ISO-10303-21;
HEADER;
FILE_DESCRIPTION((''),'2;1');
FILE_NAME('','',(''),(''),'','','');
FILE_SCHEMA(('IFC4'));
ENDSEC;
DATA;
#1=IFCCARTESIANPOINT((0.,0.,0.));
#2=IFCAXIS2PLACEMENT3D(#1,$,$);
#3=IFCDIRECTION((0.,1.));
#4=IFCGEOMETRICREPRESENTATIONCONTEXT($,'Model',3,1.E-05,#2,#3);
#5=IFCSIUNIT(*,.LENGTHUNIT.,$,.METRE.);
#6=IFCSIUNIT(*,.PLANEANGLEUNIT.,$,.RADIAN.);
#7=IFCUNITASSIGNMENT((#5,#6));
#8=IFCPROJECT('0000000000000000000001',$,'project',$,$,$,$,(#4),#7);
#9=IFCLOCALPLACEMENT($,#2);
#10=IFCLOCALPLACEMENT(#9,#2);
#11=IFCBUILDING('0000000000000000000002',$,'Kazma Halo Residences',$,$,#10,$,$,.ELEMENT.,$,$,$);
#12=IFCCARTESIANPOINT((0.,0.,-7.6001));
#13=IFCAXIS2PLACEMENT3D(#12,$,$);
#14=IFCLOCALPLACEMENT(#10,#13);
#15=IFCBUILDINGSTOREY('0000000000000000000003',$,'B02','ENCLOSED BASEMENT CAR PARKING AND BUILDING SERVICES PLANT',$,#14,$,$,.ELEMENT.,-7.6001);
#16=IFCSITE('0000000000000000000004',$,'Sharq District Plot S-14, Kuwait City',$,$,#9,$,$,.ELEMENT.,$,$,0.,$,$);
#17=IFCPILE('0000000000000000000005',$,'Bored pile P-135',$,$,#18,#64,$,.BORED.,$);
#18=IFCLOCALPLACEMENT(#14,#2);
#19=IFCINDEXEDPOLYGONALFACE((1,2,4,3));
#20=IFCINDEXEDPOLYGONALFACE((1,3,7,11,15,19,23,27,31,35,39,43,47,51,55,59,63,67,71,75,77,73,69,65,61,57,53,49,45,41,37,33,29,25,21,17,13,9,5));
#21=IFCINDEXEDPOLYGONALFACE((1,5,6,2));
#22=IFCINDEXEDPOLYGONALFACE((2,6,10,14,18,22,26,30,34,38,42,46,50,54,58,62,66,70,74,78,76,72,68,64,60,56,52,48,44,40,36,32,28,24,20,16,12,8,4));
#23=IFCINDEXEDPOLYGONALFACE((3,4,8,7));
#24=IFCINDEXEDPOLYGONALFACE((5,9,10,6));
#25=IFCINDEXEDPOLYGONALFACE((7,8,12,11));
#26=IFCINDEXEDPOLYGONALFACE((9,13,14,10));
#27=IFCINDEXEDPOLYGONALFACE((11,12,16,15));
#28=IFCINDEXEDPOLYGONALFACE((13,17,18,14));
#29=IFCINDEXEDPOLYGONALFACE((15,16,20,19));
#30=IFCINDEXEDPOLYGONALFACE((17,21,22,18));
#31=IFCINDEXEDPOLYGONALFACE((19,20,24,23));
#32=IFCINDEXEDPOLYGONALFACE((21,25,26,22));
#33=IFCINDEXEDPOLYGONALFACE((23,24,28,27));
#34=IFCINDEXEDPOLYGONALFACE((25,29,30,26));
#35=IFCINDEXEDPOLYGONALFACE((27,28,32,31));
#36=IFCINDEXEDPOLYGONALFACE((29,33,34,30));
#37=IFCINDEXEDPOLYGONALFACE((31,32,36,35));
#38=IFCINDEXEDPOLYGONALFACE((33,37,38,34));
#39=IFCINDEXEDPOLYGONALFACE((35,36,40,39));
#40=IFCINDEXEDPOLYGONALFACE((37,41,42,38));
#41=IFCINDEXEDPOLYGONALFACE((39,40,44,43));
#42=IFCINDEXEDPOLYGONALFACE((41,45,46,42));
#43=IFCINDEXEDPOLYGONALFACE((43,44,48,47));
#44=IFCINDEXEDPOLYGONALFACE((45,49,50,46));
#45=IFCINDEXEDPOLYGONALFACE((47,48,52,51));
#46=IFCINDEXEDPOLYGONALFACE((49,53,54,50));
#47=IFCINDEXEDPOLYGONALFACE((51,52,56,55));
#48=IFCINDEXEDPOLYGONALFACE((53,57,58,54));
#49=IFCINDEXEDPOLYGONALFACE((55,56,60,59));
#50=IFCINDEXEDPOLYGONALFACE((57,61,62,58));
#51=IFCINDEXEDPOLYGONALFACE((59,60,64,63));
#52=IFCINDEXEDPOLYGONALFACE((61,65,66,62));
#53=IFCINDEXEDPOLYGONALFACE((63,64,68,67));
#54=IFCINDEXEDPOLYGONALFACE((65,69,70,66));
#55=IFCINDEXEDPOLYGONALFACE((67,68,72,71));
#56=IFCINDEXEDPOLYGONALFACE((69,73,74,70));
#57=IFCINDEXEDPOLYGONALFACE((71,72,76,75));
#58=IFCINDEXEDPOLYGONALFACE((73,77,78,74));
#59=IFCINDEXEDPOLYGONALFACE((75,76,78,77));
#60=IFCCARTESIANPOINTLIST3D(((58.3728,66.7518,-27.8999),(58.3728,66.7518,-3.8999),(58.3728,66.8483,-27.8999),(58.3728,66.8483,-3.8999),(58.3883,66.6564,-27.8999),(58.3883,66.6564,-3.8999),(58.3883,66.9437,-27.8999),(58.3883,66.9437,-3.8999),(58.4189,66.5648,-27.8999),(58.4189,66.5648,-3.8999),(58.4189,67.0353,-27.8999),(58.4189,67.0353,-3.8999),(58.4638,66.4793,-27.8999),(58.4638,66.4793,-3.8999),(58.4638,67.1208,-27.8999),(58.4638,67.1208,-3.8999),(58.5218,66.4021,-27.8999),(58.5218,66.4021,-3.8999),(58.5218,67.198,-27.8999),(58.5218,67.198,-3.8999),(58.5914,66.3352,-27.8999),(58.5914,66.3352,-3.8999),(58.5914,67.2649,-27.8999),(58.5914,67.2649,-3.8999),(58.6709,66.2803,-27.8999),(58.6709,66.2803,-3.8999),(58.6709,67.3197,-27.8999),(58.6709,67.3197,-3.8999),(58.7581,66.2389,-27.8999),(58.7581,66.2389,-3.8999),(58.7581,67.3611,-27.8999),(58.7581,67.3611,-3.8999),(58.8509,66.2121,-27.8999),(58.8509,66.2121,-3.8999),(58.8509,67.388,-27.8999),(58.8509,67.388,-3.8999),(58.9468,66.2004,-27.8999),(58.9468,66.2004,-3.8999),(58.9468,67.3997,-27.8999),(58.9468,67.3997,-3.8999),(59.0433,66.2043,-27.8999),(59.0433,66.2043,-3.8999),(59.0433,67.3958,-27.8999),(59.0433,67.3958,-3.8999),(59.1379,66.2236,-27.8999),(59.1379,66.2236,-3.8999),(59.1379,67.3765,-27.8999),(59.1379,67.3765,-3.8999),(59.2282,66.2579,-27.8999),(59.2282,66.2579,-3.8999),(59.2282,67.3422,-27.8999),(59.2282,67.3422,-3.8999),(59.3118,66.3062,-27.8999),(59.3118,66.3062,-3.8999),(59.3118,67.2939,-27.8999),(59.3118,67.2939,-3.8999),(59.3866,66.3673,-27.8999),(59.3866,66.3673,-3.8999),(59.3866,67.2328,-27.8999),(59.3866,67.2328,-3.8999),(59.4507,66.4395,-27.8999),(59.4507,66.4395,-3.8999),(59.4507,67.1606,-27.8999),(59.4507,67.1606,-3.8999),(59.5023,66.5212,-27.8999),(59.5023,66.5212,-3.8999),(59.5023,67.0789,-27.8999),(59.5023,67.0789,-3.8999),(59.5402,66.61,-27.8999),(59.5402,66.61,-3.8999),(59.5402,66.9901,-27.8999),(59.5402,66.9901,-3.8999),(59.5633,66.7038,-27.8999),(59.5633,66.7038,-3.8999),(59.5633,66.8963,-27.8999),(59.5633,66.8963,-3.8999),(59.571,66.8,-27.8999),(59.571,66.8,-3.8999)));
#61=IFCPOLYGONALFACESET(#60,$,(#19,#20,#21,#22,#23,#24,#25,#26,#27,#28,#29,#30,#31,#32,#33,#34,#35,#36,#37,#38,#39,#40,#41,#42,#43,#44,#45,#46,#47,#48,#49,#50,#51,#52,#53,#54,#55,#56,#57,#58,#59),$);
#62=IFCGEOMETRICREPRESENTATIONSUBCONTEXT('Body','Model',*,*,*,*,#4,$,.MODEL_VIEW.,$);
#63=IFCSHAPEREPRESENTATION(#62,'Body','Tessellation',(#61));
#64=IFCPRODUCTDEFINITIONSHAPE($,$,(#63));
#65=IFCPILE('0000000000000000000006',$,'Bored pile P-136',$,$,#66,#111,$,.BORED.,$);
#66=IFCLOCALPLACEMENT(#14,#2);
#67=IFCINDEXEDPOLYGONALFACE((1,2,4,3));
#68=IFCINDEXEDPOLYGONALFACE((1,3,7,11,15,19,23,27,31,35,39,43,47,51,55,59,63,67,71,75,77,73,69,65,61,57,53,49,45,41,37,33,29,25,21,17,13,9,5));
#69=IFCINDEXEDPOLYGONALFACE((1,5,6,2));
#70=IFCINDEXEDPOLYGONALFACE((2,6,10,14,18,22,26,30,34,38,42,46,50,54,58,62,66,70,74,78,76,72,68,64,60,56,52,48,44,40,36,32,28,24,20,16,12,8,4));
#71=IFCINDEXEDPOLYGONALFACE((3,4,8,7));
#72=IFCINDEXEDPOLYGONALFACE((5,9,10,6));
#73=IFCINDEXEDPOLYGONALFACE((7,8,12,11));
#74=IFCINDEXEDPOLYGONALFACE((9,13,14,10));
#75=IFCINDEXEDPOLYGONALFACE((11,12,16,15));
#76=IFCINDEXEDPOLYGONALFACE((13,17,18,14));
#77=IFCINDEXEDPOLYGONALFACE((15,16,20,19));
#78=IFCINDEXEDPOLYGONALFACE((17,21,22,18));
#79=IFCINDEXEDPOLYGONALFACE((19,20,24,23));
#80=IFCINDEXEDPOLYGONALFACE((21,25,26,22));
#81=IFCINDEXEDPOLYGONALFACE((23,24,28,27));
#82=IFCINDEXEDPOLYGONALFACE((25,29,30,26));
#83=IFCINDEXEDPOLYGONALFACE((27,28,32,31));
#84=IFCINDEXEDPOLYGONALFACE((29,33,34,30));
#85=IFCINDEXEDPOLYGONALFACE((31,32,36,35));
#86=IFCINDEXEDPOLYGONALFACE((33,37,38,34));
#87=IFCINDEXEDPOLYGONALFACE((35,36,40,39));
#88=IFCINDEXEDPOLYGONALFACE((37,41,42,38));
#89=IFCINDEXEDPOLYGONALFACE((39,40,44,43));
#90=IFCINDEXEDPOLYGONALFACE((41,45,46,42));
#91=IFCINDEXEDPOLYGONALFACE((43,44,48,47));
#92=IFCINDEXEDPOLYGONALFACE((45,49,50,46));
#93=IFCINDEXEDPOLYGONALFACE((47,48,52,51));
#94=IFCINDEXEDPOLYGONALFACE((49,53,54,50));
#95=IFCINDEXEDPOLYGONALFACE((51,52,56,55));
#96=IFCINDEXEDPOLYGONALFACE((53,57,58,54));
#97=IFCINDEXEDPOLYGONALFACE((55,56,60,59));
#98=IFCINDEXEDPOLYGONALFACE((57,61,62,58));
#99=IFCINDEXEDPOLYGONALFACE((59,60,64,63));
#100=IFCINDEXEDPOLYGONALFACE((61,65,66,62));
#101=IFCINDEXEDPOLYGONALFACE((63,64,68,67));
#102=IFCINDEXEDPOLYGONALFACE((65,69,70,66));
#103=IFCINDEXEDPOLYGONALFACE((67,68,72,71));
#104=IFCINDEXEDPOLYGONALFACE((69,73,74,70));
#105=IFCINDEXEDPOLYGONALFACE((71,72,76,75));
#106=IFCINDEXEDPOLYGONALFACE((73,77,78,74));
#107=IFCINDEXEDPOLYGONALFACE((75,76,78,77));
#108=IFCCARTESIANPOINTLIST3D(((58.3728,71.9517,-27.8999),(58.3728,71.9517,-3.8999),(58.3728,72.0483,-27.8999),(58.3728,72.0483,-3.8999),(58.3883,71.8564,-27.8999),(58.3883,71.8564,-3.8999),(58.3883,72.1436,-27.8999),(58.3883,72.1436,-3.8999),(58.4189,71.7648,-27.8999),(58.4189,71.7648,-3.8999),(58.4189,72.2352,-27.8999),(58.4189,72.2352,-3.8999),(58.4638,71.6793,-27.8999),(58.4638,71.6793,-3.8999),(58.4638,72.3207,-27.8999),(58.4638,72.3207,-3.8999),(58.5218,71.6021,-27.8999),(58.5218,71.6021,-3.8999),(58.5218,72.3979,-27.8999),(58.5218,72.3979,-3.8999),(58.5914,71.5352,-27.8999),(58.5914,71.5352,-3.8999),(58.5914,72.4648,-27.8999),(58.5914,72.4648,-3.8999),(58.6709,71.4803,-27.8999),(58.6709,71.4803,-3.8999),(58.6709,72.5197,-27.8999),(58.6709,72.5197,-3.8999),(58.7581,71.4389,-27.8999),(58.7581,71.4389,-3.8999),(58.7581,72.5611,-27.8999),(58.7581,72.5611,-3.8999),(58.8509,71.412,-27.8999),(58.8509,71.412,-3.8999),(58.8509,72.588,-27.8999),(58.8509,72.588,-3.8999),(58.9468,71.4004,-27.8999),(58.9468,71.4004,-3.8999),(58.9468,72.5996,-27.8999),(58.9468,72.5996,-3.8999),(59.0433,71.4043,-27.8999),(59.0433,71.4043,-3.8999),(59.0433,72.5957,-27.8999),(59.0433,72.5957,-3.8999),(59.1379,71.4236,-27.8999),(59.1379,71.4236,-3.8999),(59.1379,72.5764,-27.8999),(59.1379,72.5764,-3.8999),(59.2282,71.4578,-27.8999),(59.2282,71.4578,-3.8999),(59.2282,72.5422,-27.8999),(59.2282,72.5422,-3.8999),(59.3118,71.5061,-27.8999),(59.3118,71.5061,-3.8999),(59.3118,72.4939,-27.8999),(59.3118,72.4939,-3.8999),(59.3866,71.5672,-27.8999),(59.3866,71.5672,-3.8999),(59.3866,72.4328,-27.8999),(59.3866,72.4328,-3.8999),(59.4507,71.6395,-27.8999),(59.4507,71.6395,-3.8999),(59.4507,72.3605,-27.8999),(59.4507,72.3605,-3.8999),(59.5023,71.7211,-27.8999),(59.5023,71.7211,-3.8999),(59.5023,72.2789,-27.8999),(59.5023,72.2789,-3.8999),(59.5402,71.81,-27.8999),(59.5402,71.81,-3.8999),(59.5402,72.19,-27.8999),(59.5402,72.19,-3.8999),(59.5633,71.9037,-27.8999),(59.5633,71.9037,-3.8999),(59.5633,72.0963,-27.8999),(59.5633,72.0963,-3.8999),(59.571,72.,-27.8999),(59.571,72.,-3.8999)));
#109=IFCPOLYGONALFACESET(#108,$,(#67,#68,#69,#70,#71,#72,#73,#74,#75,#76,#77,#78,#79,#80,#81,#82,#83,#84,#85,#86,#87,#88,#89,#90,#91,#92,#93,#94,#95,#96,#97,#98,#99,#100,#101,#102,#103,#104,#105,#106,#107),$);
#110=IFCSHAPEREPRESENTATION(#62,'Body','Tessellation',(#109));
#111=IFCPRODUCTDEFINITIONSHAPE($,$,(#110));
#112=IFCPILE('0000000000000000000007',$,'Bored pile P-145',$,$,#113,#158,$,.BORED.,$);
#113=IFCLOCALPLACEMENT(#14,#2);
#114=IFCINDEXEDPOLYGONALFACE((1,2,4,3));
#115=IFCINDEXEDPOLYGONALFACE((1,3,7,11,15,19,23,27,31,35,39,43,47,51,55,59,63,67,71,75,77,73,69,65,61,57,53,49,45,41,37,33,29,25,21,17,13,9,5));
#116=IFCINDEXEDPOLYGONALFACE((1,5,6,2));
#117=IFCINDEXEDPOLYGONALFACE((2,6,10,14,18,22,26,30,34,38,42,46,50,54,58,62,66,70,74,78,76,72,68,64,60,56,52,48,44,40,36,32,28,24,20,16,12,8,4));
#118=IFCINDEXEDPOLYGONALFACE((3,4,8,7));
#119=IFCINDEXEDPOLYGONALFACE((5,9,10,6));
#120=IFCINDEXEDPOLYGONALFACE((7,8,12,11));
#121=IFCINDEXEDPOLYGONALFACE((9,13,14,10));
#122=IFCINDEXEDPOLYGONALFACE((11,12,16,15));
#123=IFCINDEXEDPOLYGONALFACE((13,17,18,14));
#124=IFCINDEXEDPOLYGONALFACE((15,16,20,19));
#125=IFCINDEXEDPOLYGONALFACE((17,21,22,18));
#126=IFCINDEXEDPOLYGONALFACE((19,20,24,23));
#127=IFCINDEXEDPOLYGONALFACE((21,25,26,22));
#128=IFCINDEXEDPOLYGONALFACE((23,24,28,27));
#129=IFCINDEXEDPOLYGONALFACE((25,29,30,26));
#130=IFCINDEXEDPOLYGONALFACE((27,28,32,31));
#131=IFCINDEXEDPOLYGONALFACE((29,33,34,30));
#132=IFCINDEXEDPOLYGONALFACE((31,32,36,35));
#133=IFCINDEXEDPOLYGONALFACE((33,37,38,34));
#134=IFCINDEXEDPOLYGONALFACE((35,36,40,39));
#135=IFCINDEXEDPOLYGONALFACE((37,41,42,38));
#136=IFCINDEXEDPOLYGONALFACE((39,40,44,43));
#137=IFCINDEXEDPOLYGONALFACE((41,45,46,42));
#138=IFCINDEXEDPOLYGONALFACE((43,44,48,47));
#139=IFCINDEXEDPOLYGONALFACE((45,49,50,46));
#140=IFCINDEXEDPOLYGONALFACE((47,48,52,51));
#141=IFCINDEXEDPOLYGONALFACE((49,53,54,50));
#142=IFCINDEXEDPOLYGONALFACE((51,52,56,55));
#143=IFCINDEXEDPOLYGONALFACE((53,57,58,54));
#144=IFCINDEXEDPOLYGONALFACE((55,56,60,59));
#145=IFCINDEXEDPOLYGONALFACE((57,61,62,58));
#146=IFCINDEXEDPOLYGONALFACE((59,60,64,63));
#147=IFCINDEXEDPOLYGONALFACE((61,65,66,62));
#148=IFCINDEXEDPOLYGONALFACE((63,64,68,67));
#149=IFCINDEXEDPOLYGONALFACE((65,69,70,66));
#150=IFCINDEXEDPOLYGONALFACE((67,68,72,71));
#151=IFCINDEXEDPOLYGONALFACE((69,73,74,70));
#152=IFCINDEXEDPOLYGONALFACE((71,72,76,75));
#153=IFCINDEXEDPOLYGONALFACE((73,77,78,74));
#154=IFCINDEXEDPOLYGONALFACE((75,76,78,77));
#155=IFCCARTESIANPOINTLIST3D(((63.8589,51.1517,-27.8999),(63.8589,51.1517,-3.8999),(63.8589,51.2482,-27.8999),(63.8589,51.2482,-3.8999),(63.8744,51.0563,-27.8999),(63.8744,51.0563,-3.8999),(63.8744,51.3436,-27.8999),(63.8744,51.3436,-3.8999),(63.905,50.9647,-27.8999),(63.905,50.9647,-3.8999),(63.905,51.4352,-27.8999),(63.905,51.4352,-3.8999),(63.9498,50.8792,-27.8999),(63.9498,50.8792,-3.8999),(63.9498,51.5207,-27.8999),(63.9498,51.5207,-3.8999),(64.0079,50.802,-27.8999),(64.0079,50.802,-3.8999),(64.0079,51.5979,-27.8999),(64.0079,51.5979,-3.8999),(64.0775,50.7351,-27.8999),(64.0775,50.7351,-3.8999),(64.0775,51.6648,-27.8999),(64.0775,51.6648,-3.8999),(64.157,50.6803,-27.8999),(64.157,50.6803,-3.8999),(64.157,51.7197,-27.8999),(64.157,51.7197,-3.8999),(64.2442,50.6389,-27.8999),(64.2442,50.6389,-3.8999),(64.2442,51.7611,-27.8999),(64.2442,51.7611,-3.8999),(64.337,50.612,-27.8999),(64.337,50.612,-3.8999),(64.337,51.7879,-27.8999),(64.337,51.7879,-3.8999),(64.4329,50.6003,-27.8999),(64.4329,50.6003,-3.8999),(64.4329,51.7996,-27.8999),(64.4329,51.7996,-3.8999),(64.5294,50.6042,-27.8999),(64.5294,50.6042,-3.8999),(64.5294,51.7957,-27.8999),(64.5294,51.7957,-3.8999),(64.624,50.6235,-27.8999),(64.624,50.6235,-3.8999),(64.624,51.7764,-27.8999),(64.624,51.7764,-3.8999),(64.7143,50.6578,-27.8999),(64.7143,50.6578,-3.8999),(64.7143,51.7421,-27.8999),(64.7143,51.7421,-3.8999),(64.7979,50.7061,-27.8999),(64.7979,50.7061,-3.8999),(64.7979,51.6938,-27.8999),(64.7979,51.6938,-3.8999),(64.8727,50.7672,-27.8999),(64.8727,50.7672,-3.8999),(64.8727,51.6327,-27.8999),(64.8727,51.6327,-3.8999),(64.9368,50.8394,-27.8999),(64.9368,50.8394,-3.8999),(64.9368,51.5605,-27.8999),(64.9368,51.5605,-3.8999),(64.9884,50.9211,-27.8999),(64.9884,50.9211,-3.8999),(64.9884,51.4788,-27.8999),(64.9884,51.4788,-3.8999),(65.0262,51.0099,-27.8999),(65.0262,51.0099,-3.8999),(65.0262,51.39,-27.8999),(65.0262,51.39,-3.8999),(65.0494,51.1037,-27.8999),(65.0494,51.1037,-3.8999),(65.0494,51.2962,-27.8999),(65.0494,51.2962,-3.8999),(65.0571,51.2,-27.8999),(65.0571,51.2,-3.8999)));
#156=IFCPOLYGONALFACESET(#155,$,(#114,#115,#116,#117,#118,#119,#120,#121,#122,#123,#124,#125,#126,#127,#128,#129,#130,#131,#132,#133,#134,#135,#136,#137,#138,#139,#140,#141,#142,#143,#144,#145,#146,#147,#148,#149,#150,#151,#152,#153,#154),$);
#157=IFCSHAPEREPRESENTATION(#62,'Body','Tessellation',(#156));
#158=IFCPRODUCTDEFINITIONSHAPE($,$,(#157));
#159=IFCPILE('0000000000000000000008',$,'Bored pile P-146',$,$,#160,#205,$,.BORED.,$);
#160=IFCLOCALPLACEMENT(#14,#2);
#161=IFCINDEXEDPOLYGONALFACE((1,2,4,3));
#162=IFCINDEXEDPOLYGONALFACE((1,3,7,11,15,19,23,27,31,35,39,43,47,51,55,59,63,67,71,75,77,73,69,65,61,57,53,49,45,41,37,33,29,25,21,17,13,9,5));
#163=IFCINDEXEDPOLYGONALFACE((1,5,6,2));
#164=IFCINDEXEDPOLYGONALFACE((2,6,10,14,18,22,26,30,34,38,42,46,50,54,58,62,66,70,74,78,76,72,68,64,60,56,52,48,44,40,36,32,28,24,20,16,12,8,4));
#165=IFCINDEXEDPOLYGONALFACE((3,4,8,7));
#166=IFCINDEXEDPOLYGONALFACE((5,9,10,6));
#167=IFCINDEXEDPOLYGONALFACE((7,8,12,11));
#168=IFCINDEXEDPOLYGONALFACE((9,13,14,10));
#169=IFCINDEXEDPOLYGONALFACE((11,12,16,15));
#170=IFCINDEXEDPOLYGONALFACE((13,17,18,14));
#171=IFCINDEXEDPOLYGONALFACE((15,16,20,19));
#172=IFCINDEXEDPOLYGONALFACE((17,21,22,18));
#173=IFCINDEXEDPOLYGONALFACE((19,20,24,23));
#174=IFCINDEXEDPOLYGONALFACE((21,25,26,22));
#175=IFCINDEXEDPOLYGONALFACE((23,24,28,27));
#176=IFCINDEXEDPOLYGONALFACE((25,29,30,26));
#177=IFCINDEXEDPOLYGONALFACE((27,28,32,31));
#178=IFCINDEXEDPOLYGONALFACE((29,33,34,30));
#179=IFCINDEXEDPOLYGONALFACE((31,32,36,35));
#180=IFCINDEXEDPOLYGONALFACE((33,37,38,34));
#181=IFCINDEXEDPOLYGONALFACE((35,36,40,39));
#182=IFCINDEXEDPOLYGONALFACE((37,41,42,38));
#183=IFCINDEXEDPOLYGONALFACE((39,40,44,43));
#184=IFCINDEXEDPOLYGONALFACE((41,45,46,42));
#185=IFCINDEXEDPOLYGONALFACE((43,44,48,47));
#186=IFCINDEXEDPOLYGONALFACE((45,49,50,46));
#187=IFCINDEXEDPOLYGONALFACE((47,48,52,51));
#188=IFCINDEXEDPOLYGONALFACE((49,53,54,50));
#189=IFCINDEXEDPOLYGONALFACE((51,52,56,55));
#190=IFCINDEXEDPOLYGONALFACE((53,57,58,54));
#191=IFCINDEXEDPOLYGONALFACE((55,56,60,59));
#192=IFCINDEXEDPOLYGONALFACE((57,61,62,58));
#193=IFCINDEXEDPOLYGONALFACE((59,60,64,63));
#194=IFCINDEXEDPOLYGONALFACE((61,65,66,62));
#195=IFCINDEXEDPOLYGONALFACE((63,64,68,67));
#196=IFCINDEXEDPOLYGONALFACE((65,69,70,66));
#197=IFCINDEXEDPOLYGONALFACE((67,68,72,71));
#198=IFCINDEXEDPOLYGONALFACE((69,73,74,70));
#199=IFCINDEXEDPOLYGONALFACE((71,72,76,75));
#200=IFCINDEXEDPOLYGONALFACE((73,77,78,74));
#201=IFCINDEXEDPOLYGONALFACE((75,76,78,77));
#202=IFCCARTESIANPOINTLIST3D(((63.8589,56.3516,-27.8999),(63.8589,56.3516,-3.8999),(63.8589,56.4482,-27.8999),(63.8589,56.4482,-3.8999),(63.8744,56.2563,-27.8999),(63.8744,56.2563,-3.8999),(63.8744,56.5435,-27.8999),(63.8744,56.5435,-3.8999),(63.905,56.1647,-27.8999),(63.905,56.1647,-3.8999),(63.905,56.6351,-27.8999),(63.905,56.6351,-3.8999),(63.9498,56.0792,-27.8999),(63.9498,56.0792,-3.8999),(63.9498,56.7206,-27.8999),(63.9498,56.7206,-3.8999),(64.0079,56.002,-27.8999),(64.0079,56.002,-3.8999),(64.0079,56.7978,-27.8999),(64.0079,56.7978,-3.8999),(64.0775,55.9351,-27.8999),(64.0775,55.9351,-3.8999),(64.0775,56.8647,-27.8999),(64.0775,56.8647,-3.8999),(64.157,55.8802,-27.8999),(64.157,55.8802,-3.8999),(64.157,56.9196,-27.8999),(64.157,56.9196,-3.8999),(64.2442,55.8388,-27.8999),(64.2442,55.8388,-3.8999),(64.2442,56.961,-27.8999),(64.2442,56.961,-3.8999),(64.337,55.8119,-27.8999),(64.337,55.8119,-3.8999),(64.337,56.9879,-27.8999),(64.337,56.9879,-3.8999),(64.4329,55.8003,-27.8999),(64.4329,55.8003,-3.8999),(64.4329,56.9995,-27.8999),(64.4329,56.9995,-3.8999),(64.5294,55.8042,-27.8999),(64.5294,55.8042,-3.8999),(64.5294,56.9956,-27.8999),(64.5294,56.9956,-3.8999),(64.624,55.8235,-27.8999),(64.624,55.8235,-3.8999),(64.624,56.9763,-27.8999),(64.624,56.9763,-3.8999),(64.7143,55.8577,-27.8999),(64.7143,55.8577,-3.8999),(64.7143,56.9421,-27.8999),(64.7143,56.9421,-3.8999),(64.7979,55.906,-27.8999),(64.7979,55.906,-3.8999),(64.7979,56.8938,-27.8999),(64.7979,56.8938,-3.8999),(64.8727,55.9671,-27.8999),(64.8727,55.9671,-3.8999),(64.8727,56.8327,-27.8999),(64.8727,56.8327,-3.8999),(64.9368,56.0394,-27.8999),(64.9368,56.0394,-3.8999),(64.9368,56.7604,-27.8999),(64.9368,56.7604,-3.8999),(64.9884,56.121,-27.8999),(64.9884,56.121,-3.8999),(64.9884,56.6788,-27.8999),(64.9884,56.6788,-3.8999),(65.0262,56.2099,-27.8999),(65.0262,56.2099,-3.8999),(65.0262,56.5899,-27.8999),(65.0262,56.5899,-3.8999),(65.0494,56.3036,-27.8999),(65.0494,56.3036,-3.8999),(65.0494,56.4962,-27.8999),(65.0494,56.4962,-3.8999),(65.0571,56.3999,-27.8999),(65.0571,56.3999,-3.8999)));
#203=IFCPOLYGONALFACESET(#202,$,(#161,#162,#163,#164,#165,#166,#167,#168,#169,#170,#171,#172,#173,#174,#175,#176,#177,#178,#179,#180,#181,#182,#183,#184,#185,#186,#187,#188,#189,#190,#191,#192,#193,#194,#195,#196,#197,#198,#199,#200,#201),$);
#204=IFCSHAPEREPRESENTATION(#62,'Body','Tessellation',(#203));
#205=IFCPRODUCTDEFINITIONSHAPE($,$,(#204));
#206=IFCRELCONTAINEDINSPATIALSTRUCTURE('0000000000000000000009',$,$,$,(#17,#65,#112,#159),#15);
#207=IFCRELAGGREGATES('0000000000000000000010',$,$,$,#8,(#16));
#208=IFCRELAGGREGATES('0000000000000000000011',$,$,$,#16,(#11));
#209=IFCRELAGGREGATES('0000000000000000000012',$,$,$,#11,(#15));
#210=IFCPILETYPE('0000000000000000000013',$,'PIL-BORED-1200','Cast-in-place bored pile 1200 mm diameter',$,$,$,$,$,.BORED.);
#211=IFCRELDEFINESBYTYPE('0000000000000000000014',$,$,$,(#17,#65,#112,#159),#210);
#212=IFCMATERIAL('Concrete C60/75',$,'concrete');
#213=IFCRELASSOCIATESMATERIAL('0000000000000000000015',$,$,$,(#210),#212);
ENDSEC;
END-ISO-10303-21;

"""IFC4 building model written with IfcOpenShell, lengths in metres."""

from ifc_helpers import new_model, si_unit, direction, frame, origin, origin_2d, place, context, subcontext, project, spatial, circle, extrude, material, material_profile, profile_set, type_object, element, save


model = new_model("IFC4")

# Units and contexts
model_context = context("Model", 3, precision=1e-05, world=origin(), true_north=direction((0.0, 1.0)))
body_context = subcontext(model_context, "Body", "Model", "MODEL_VIEW")
ifc_project = project(units=[si_unit("LENGTHUNIT", "METRE"), si_unit("PLANEANGLEUNIT", "RADIAN")], contexts=[model_context])

# Site, building, storey
site_placement = place(None, origin())
site = spatial("IfcSite", under=ifc_project, at=site_placement, Name="Sharq District Plot S-14, Kuwait City", CompositionType="ELEMENT", RefElevation=0.0)
building_placement = place(site_placement, origin())
building = spatial("IfcBuilding", under=site, at=building_placement, Name="Kazma Halo Residences", CompositionType="ELEMENT")
storey_placement = place(building_placement, frame((0.0, 0.0, -7.6001)))
storey = spatial("IfcBuildingStorey", under=building, at=storey_placement, Name="B02", Description="ENCLOSED BASEMENT CAR PARKING AND BUILDING SERVICES PLANT", CompositionType="ELEMENT", Elevation=-7.6001)

# Piles
ifc_material_1 = material(Name="Concrete C60/75", Category="concrete")
ifc_material_profile_1 = material_profile(ifc_material_1, circle(Radius=0.6001, at=origin_2d()), Name="CIRC1200")
ifc_profile_set_1 = profile_set([ifc_material_profile_1], Name="Concrete C60/75")
pile_type = type_object("IfcPileType", Name="PIL-BORED-1200", Description="Cast-in-place bored pile 1200 mm diameter", PredefinedType="BORED", material=ifc_profile_set_1)
for number, where, z_axis, x_axis, name in (
    (1, (58.9709, 66.8, -3.8999), (0.0, 0.0, -1.0), (1.0, 0.0, 0.0), "Bored pile P-135"),
    (2, (58.9709, 72.0, -3.8999), (0.0, 0.0, -1.0), (1.0, 0.0, 0.0), "Bored pile P-136"),
    (3, (64.457, 51.2, -3.8999), (0.0, 0.0, -1.0), (1.0, 0.0, 0.0), "Bored pile P-145"),
    (4, (64.457, 56.3999, -3.8999), (0.0, 0.0, -1.0), (1.0, 0.0, 0.0), "Bored pile P-146"),
):
    element("IfcPile", number, at=place(storey_placement, frame(where, z_axis=z_axis, x_axis=x_axis)), inside=storey, type_object=pile_type, Name=name, PredefinedType="BORED", context=body_context, shape_type="SweptSolid", body=[
        extrude(circle(Radius=0.6001, at=origin_2d()), origin(), (0.0, 0.0, 1.0), 24.0),
    ])

save(model, "model.ifc")
